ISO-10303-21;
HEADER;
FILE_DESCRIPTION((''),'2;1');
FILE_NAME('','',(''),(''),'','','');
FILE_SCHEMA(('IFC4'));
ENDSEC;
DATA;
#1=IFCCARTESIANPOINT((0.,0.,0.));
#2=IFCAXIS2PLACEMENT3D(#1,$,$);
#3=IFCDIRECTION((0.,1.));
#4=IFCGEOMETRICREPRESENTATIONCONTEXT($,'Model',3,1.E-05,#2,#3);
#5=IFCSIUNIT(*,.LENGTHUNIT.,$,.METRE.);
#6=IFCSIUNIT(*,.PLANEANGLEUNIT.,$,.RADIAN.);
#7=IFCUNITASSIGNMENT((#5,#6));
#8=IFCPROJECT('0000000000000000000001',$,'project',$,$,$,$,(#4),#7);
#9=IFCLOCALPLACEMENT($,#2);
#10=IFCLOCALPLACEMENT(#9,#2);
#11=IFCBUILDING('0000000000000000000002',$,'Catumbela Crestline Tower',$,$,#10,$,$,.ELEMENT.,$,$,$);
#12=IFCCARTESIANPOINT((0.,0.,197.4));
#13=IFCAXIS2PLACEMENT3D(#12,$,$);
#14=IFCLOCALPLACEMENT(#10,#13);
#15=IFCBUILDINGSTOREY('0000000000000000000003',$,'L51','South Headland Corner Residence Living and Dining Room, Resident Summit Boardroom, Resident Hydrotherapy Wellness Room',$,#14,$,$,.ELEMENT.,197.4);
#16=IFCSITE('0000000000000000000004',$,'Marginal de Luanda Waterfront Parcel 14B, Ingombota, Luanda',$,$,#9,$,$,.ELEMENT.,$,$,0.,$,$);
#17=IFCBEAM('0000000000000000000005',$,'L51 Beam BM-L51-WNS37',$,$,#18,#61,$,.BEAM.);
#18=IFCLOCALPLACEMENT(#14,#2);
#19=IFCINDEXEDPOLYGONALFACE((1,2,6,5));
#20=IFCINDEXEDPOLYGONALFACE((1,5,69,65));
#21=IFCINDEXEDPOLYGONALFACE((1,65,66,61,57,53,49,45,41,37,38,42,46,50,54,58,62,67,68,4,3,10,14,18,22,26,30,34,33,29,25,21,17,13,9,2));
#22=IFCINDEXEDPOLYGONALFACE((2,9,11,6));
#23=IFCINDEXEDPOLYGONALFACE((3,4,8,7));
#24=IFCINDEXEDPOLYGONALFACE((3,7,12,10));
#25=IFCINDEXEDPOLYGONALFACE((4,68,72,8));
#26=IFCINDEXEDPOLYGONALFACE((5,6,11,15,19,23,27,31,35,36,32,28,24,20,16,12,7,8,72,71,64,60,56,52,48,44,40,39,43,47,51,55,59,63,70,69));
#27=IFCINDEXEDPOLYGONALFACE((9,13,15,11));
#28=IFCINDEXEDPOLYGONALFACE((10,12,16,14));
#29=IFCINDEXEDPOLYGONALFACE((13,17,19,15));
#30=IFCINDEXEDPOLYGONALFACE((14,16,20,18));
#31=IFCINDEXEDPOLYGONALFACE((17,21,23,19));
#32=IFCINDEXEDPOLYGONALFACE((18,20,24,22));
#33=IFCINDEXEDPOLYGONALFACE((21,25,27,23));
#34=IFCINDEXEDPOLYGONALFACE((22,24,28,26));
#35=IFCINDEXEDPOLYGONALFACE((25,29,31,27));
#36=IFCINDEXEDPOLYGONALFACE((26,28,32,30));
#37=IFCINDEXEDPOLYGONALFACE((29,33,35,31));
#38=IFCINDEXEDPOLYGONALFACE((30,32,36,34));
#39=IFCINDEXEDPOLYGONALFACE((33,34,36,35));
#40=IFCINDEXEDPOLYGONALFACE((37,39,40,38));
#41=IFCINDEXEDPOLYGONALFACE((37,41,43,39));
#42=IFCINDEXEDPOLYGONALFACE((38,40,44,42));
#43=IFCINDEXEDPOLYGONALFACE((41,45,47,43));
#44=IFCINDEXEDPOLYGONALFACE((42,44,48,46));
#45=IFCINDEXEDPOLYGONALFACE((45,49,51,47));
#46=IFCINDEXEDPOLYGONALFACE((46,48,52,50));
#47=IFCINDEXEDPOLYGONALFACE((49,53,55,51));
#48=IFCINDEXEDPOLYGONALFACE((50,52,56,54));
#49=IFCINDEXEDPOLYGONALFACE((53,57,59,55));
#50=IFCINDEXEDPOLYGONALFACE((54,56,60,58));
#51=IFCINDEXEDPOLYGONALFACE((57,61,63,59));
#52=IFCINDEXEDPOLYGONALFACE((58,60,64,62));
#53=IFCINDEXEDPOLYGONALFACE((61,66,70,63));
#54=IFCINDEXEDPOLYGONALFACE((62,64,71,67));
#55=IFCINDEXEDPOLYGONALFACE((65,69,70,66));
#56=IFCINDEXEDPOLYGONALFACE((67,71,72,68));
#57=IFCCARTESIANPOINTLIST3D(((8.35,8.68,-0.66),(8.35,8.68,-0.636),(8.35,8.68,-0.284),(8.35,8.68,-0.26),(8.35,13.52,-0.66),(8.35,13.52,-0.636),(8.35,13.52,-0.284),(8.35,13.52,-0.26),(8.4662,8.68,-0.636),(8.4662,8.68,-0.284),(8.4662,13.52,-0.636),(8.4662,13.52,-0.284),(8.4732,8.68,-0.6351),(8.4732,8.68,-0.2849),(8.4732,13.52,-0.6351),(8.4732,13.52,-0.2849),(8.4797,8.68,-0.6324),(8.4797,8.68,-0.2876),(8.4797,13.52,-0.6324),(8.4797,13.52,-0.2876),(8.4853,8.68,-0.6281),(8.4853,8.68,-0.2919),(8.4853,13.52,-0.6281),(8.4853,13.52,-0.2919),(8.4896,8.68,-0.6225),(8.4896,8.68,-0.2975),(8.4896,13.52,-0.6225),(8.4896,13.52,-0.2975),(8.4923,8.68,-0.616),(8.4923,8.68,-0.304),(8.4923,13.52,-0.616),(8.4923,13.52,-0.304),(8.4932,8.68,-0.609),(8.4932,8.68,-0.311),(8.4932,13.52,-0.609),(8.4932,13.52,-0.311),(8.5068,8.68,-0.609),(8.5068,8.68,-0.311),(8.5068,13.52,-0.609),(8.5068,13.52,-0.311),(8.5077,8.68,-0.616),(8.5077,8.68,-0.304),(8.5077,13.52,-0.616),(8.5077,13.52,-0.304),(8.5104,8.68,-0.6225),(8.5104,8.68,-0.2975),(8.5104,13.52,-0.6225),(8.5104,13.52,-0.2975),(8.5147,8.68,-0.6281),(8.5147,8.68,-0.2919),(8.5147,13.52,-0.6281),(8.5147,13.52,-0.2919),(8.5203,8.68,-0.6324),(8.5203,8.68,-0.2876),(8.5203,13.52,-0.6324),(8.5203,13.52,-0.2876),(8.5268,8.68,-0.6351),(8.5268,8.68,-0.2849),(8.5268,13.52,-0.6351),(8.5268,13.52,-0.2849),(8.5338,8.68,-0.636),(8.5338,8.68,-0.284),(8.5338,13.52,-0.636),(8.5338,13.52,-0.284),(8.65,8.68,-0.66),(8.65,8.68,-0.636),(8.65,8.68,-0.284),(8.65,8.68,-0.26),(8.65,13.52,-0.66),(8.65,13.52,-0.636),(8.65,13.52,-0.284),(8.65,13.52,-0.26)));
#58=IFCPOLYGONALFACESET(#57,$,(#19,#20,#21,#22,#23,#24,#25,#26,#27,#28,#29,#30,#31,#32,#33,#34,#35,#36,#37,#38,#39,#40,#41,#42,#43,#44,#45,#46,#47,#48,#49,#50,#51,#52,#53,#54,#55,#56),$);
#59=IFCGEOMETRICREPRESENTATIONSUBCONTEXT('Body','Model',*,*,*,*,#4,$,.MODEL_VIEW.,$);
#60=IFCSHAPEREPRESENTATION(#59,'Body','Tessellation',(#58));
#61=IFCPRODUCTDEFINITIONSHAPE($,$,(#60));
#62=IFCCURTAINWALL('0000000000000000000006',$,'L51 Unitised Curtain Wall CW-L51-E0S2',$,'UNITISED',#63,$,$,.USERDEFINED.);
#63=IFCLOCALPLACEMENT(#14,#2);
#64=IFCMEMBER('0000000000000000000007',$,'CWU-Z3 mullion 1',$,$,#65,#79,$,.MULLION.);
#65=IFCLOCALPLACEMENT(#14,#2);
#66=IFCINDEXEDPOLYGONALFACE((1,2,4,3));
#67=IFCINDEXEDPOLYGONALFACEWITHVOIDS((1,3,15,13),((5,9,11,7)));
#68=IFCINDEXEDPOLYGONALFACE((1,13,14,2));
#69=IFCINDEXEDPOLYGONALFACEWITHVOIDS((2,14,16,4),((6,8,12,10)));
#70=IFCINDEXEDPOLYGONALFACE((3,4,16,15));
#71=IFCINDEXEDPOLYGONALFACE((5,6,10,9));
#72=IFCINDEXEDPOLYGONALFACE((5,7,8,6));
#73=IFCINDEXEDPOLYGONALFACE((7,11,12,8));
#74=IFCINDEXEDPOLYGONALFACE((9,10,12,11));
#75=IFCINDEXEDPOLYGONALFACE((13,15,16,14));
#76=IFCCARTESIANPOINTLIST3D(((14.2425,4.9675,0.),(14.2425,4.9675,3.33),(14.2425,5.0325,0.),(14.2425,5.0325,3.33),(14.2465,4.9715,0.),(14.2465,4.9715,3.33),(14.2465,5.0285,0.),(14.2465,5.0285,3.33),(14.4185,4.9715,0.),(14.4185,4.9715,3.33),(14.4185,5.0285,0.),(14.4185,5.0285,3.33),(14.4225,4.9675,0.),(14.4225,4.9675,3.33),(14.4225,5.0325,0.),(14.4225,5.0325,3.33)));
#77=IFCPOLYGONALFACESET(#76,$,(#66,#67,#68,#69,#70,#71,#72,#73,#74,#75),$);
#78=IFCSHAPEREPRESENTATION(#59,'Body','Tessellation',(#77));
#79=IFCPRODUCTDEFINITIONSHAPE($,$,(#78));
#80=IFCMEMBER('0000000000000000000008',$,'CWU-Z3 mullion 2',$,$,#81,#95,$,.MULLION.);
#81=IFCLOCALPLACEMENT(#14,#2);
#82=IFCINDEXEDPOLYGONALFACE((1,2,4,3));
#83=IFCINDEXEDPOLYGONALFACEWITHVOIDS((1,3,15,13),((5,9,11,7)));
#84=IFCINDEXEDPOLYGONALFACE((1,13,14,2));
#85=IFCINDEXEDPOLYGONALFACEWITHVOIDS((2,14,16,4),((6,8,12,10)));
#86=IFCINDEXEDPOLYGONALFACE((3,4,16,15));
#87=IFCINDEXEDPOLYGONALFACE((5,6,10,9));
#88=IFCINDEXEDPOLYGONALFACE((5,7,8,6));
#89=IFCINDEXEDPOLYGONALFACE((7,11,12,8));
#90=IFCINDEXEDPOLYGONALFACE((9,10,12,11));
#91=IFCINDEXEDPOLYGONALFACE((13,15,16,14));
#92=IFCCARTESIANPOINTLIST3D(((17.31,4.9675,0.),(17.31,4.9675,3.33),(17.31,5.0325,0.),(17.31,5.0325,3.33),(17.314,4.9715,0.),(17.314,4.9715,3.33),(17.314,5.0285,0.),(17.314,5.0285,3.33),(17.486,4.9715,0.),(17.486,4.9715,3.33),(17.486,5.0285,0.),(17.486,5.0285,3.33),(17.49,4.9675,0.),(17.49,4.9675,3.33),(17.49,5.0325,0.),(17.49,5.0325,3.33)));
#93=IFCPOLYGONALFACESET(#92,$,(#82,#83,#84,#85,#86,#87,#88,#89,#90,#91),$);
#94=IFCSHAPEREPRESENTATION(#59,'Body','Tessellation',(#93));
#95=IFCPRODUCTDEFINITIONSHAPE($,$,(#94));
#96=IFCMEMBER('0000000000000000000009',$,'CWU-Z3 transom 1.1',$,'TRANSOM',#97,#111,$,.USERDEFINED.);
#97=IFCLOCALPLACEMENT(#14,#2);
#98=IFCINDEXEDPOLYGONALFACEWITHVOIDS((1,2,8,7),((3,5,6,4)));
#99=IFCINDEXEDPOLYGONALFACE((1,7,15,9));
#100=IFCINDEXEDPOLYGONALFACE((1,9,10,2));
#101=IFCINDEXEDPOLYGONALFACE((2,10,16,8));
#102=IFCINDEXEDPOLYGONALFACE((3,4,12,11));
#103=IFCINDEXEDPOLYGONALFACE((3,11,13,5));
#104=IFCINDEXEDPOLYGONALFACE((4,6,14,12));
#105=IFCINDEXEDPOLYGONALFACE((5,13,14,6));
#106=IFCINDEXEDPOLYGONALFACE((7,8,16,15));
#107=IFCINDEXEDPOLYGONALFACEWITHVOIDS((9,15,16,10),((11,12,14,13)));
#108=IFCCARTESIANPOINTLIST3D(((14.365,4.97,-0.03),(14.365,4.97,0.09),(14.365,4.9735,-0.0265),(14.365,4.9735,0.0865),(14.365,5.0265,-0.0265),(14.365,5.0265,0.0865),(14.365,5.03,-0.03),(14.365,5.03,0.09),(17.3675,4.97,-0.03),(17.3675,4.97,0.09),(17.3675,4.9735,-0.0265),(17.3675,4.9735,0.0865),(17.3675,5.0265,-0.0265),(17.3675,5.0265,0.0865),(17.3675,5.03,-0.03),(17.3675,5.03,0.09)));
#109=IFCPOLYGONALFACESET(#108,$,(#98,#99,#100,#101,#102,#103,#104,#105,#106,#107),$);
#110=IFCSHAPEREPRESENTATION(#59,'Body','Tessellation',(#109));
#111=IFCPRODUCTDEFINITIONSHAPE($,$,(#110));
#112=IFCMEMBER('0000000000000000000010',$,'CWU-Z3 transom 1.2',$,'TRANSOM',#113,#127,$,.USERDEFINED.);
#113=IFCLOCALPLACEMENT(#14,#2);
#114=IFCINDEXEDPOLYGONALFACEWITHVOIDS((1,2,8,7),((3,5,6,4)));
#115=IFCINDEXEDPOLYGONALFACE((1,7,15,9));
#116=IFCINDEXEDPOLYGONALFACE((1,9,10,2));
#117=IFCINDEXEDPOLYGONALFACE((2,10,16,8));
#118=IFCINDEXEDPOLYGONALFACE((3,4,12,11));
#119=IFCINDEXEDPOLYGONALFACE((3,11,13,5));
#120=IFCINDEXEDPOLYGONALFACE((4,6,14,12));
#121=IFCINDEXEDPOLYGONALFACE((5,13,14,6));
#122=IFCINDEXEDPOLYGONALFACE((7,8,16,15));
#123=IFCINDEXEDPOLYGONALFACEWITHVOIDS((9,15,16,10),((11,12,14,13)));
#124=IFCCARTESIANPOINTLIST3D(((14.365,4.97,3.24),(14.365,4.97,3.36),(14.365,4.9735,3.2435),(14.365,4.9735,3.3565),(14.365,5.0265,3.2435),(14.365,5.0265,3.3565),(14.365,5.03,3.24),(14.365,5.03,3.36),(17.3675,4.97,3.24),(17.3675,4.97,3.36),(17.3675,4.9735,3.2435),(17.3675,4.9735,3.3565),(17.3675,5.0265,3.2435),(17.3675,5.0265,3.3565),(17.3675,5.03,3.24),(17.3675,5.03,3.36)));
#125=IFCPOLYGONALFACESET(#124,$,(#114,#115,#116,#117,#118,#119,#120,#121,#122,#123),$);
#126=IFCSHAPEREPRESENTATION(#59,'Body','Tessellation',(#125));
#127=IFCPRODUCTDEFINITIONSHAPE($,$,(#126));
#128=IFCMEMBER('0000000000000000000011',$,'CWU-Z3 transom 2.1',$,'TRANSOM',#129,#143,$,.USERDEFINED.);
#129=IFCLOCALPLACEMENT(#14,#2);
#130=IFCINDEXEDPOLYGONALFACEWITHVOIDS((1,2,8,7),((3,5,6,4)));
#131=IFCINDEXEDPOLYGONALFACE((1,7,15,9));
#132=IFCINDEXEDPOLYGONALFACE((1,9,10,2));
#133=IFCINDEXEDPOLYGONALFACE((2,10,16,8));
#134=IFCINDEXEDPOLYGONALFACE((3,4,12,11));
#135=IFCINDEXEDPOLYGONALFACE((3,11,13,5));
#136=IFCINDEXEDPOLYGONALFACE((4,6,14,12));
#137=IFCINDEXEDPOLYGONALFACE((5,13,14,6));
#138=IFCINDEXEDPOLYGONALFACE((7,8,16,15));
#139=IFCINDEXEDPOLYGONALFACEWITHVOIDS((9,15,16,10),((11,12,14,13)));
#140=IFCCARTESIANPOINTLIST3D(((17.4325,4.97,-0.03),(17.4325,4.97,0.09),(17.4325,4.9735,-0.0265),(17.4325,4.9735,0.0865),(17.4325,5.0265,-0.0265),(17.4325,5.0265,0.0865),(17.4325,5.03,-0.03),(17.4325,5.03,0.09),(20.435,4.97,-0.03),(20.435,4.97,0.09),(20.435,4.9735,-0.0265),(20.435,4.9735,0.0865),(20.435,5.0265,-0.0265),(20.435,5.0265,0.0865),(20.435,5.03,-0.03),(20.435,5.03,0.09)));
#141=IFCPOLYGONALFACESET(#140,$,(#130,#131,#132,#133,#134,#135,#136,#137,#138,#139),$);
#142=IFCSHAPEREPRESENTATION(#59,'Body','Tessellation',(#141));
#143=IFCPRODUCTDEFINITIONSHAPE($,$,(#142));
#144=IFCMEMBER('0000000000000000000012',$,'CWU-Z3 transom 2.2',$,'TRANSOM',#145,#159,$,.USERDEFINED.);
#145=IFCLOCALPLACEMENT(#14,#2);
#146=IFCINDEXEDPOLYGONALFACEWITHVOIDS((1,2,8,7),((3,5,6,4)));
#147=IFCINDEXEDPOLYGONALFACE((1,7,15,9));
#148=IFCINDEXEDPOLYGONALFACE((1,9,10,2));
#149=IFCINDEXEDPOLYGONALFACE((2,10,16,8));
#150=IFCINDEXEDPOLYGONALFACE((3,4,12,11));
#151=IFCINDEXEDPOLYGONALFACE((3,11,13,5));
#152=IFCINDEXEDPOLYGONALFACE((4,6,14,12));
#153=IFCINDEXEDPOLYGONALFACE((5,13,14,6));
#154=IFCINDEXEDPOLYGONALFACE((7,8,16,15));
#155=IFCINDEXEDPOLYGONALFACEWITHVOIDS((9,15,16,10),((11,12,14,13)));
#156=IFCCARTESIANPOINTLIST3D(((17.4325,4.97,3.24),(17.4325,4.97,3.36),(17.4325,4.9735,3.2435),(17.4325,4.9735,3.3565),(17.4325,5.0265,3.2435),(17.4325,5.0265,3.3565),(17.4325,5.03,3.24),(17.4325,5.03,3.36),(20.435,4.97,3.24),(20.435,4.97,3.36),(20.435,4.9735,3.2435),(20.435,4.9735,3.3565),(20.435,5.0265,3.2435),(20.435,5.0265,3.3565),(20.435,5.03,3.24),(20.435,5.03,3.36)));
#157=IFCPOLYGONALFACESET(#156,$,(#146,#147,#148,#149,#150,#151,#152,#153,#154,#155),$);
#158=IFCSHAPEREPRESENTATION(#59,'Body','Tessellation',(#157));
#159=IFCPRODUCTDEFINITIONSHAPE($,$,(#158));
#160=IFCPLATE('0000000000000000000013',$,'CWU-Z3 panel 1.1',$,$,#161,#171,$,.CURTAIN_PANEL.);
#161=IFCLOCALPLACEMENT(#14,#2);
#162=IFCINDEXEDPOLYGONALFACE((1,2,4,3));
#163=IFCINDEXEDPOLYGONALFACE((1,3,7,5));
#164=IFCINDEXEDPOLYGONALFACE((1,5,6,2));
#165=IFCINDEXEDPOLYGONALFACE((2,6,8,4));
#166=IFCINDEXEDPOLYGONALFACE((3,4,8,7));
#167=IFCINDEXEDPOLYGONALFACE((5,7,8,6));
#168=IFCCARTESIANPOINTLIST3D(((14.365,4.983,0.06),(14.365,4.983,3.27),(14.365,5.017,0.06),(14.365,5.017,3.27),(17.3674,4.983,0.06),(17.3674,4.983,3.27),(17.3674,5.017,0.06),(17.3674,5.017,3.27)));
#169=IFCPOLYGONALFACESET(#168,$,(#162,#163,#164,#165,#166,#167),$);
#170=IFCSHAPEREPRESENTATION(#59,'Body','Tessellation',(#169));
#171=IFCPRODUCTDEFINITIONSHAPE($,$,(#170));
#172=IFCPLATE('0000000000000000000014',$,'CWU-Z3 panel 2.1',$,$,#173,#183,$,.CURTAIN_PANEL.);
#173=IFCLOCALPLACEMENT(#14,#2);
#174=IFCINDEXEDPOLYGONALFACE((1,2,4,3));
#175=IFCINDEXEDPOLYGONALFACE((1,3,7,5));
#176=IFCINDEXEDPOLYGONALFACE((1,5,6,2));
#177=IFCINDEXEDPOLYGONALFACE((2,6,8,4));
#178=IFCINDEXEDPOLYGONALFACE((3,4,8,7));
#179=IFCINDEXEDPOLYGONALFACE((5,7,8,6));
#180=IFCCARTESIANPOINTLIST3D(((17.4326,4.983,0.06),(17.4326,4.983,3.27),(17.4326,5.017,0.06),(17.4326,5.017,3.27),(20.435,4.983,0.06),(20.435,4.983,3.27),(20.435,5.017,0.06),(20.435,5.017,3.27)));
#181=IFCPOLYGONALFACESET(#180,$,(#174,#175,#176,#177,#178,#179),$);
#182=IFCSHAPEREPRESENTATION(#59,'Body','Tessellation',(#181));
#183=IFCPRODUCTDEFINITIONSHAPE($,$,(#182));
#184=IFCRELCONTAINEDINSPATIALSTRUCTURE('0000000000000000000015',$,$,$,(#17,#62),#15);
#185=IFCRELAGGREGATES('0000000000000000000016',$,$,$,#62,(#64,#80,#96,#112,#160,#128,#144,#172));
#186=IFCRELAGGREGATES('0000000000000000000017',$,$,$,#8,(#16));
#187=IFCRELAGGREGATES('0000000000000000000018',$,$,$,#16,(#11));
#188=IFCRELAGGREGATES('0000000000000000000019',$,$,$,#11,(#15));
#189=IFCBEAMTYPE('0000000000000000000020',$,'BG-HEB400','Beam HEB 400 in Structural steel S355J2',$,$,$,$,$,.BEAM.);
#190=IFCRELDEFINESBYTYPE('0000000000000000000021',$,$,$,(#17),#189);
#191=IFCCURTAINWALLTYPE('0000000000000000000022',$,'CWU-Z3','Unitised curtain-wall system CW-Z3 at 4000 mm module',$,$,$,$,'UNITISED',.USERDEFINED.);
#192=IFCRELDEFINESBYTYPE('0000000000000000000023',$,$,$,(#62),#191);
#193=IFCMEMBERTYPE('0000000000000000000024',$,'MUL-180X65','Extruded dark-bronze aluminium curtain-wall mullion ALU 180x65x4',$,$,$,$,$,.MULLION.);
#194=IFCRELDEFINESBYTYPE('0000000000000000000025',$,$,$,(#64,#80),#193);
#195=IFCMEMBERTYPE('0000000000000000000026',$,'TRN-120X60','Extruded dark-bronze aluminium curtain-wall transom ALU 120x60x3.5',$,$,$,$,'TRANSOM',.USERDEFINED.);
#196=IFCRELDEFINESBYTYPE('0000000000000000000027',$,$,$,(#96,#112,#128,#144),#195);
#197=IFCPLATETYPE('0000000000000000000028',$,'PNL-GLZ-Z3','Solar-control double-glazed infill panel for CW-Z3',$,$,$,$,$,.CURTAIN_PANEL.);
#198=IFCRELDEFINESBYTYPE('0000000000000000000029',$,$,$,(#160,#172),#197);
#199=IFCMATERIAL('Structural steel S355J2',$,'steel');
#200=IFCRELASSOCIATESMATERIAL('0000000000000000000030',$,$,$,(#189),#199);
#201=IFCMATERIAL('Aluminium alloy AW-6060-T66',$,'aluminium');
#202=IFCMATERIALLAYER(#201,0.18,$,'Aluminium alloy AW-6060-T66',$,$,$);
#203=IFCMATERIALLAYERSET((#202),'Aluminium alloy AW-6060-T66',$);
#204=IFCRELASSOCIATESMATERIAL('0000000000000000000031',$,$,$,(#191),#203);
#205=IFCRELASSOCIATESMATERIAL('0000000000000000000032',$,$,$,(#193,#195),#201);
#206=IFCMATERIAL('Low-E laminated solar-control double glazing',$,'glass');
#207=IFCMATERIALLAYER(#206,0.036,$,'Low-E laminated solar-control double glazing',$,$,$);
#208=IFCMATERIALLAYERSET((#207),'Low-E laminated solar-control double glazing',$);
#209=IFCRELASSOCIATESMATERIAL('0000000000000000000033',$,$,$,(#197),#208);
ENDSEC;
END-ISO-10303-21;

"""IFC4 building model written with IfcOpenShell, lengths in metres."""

from ifc_helpers import new_model, si_unit, direction, frame, origin, origin_2d, place, context, subcontext, project, spatial, rectangle, hollow_rectangle, i_section, extrude, material, layer, layer_set, material_profile, profile_set, type_object, element, aggregate, save


model = new_model("IFC4")

# Units and contexts
model_context = context("Model", 3, precision=1e-05, world=origin(), true_north=direction((0.0, 1.0)))
body_context = subcontext(model_context, "Body", "Model", "MODEL_VIEW")
ifc_project = project(units=[si_unit("LENGTHUNIT", "METRE"), si_unit("PLANEANGLEUNIT", "RADIAN")], contexts=[model_context])

# Site, building, storey
site_placement = place(None, origin())
site = spatial("IfcSite", under=ifc_project, at=site_placement, Name="Marginal de Luanda Waterfront Parcel 14B, Ingombota, Luanda", CompositionType="ELEMENT", RefElevation=0.0)
building_placement = place(site_placement, origin())
building = spatial("IfcBuilding", under=site, at=building_placement, Name="Catumbela Crestline Tower", CompositionType="ELEMENT")
storey_placement = place(building_placement, frame((0.0, 0.0, 197.4)))
storey = spatial("IfcBuildingStorey", under=building, at=storey_placement, Name="L51", Description="South Headland Corner Residence Living and Dining Room, Resident Summit Boardroom, Resident Hydrotherapy Wellness Room", CompositionType="ELEMENT", Elevation=197.4)

# Shared definitions
ifc_material_1 = material(Name="Structural steel S355J2", Category="steel")

# Beam
ifc_material_profile_1 = material_profile(ifc_material_1, i_section(OverallWidth=0.3, OverallDepth=0.4, WebThickness=0.0135, FlangeThickness=0.024, FilletRadius=0.027, at=origin_2d()), Name="HEB 400")
ifc_profile_set_1 = profile_set([ifc_material_profile_1], Name="Structural steel S355J2")
beam_type = type_object("IfcBeamType", Name="BG-HEB400", Description="Beam HEB 400 in Structural steel S355J2", PredefinedType="BEAM", material=ifc_profile_set_1)
beam_1_placement = place(storey_placement, frame((8.5, 8.68, -0.46), z_axis=(0.0, 1.0, 0.0), x_axis=(-1.0, 0.0, 0.0)))
element("IfcBeam", 1, at=beam_1_placement, inside=storey, type_object=beam_type, Name="L51 Beam BM-L51-WNS37", PredefinedType="BEAM", context=body_context, shape_type="SweptSolid", body=[
    extrude(i_section(OverallWidth=0.3, OverallDepth=0.4, WebThickness=0.0135, FlangeThickness=0.024, FilletRadius=0.027, at=origin_2d()), origin(), (0.0, 0.0, 1.0), 4.84),
])

# Curtain wall, members, plates
ifc_material_2 = material(Name="Aluminium alloy AW-6060-T66", Category="aluminium")
ifc_layer_1 = layer(ifc_material_2, 0.18, Name="Aluminium alloy AW-6060-T66")
ifc_layer_set_1 = layer_set([ifc_layer_1], Name="Aluminium alloy AW-6060-T66")
curtain_wall_type = type_object("IfcCurtainWallType", Name="CWU-Z3", Description="Unitised curtain-wall system CW-Z3 at 4000 mm module", ElementType="UNITISED", PredefinedType="USERDEFINED", material=ifc_layer_set_1)
curtain_wall_placement = place(storey_placement, origin())
curtain_wall = element("IfcCurtainWall", 2, at=curtain_wall_placement, inside=storey, type_object=curtain_wall_type, Name="L51 Unitised Curtain Wall CW-L51-E0S2", ObjectType="UNITISED", PredefinedType="USERDEFINED")
ifc_material_profile_2 = material_profile(ifc_material_2, hollow_rectangle(XDim=0.065, YDim=0.18, WallThickness=0.004, at=origin_2d()), Name="ALU 180x65x4")
ifc_profile_set_2 = profile_set([ifc_material_profile_2], Name="Aluminium alloy AW-6060-T66")
member_type_1 = type_object("IfcMemberType", Name="MUL-180X65", Description="Extruded dark-bronze aluminium curtain-wall mullion ALU 180x65x4", PredefinedType="MULLION", material=ifc_profile_set_2)
member_1_placement = place(storey_placement, frame((14.3325, 5.0, 0.0), z_axis=(0.0, 0.0, 1.0), x_axis=(0.0, 1.0, 0.0)))
member_1 = element("IfcMember", 3, at=member_1_placement, type_object=member_type_1, Name="CWU-Z3 mullion 1", PredefinedType="MULLION", context=body_context, shape_type="SweptSolid", body=[
    extrude(hollow_rectangle(XDim=0.065, YDim=0.18, WallThickness=0.004, at=origin_2d()), origin(), (0.0, 0.0, 1.0), 3.33),
])
member_2_placement = place(storey_placement, frame((17.4, 5.0, 0.0), z_axis=(0.0, 0.0, 1.0), x_axis=(0.0, 1.0, 0.0)))
member_2 = element("IfcMember", 4, at=member_2_placement, type_object=member_type_1, Name="CWU-Z3 mullion 2", PredefinedType="MULLION", context=body_context, shape_type="SweptSolid", body=[
    extrude(hollow_rectangle(XDim=0.065, YDim=0.18, WallThickness=0.004, at=origin_2d()), origin(), (0.0, 0.0, 1.0), 3.33),
])
ifc_material_profile_3 = material_profile(ifc_material_2, hollow_rectangle(XDim=0.06, YDim=0.12, WallThickness=0.0035, at=origin_2d()), Name="ALU 120x60x3.5")
ifc_profile_set_3 = profile_set([ifc_material_profile_3], Name="Aluminium alloy AW-6060-T66")
member_type_2 = type_object("IfcMemberType", Name="TRN-120X60", Description="Extruded dark-bronze aluminium curtain-wall transom ALU 120x60x3.5", ElementType="TRANSOM", PredefinedType="USERDEFINED", material=ifc_profile_set_3)
member_3_placement = place(storey_placement, frame((14.365, 5.0, 0.03), z_axis=(1.0, 0.0, 0.0), x_axis=(0.0, 1.0, 0.0)))
member_3 = element("IfcMember", 5, at=member_3_placement, type_object=member_type_2, Name="CWU-Z3 transom 1.1", ObjectType="TRANSOM", PredefinedType="USERDEFINED", context=body_context, shape_type="SweptSolid", body=[
    extrude(hollow_rectangle(XDim=0.06, YDim=0.12, WallThickness=0.0035, at=origin_2d()), origin(), (0.0, 0.0, 1.0), 3.0025),
])
member_4_placement = place(storey_placement, frame((14.365, 5.0, 3.3), z_axis=(1.0, 0.0, 0.0), x_axis=(0.0, 1.0, 0.0)))
member_4 = element("IfcMember", 6, at=member_4_placement, type_object=member_type_2, Name="CWU-Z3 transom 1.2", ObjectType="TRANSOM", PredefinedType="USERDEFINED", context=body_context, shape_type="SweptSolid", body=[
    extrude(hollow_rectangle(XDim=0.06, YDim=0.12, WallThickness=0.0035, at=origin_2d()), origin(), (0.0, 0.0, 1.0), 3.0025),
])
member_5_placement = place(storey_placement, frame((17.4325, 5.0, 0.03), z_axis=(1.0, 0.0, 0.0), x_axis=(0.0, 1.0, 0.0)))
member_5 = element("IfcMember", 7, at=member_5_placement, type_object=member_type_2, Name="CWU-Z3 transom 2.1", ObjectType="TRANSOM", PredefinedType="USERDEFINED", context=body_context, shape_type="SweptSolid", body=[
    extrude(hollow_rectangle(XDim=0.06, YDim=0.12, WallThickness=0.0035, at=origin_2d()), origin(), (0.0, 0.0, 1.0), 3.0025),
])
member_6_placement = place(storey_placement, frame((17.4325, 5.0, 3.3), z_axis=(1.0, 0.0, 0.0), x_axis=(0.0, 1.0, 0.0)))
member_6 = element("IfcMember", 8, at=member_6_placement, type_object=member_type_2, Name="CWU-Z3 transom 2.2", ObjectType="TRANSOM", PredefinedType="USERDEFINED", context=body_context, shape_type="SweptSolid", body=[
    extrude(hollow_rectangle(XDim=0.06, YDim=0.12, WallThickness=0.0035, at=origin_2d()), origin(), (0.0, 0.0, 1.0), 3.0025),
])
ifc_material_3 = material(Name="Low-E laminated solar-control double glazing", Category="glass")
ifc_layer_2 = layer(ifc_material_3, 0.036, Name="Low-E laminated solar-control double glazing")
ifc_layer_set_2 = layer_set([ifc_layer_2], Name="Low-E laminated solar-control double glazing")
plate_type = type_object("IfcPlateType", Name="PNL-GLZ-Z3", Description="Solar-control double-glazed infill panel for CW-Z3", PredefinedType="CURTAIN_PANEL", material=ifc_layer_set_2)
plate_1_placement = place(storey_placement, frame((15.8662, 5.0, 0.06), z_axis=(0.0, 0.0, 1.0), x_axis=(1.0, 0.0, 0.0)))
plate_1 = element("IfcPlate", 9, at=plate_1_placement, type_object=plate_type, Name="CWU-Z3 panel 1.1", PredefinedType="CURTAIN_PANEL", context=body_context, shape_type="SweptSolid", body=[
    extrude(rectangle(XDim=3.0025, YDim=0.034, at=origin_2d()), origin(), (0.0, 0.0, 1.0), 3.21),
])
plate_2_placement = place(storey_placement, frame((18.9338, 5.0, 0.06), z_axis=(0.0, 0.0, 1.0), x_axis=(1.0, 0.0, 0.0)))
plate_2 = element("IfcPlate", 10, at=plate_2_placement, type_object=plate_type, Name="CWU-Z3 panel 2.1", PredefinedType="CURTAIN_PANEL", context=body_context, shape_type="SweptSolid", body=[
    extrude(rectangle(XDim=3.0025, YDim=0.034, at=origin_2d()), origin(), (0.0, 0.0, 1.0), 3.21),
])
aggregate(curtain_wall, [member_1, member_2, member_3, member_4, plate_1, member_5, member_6, plate_2])

save(model, "model.ifc")
